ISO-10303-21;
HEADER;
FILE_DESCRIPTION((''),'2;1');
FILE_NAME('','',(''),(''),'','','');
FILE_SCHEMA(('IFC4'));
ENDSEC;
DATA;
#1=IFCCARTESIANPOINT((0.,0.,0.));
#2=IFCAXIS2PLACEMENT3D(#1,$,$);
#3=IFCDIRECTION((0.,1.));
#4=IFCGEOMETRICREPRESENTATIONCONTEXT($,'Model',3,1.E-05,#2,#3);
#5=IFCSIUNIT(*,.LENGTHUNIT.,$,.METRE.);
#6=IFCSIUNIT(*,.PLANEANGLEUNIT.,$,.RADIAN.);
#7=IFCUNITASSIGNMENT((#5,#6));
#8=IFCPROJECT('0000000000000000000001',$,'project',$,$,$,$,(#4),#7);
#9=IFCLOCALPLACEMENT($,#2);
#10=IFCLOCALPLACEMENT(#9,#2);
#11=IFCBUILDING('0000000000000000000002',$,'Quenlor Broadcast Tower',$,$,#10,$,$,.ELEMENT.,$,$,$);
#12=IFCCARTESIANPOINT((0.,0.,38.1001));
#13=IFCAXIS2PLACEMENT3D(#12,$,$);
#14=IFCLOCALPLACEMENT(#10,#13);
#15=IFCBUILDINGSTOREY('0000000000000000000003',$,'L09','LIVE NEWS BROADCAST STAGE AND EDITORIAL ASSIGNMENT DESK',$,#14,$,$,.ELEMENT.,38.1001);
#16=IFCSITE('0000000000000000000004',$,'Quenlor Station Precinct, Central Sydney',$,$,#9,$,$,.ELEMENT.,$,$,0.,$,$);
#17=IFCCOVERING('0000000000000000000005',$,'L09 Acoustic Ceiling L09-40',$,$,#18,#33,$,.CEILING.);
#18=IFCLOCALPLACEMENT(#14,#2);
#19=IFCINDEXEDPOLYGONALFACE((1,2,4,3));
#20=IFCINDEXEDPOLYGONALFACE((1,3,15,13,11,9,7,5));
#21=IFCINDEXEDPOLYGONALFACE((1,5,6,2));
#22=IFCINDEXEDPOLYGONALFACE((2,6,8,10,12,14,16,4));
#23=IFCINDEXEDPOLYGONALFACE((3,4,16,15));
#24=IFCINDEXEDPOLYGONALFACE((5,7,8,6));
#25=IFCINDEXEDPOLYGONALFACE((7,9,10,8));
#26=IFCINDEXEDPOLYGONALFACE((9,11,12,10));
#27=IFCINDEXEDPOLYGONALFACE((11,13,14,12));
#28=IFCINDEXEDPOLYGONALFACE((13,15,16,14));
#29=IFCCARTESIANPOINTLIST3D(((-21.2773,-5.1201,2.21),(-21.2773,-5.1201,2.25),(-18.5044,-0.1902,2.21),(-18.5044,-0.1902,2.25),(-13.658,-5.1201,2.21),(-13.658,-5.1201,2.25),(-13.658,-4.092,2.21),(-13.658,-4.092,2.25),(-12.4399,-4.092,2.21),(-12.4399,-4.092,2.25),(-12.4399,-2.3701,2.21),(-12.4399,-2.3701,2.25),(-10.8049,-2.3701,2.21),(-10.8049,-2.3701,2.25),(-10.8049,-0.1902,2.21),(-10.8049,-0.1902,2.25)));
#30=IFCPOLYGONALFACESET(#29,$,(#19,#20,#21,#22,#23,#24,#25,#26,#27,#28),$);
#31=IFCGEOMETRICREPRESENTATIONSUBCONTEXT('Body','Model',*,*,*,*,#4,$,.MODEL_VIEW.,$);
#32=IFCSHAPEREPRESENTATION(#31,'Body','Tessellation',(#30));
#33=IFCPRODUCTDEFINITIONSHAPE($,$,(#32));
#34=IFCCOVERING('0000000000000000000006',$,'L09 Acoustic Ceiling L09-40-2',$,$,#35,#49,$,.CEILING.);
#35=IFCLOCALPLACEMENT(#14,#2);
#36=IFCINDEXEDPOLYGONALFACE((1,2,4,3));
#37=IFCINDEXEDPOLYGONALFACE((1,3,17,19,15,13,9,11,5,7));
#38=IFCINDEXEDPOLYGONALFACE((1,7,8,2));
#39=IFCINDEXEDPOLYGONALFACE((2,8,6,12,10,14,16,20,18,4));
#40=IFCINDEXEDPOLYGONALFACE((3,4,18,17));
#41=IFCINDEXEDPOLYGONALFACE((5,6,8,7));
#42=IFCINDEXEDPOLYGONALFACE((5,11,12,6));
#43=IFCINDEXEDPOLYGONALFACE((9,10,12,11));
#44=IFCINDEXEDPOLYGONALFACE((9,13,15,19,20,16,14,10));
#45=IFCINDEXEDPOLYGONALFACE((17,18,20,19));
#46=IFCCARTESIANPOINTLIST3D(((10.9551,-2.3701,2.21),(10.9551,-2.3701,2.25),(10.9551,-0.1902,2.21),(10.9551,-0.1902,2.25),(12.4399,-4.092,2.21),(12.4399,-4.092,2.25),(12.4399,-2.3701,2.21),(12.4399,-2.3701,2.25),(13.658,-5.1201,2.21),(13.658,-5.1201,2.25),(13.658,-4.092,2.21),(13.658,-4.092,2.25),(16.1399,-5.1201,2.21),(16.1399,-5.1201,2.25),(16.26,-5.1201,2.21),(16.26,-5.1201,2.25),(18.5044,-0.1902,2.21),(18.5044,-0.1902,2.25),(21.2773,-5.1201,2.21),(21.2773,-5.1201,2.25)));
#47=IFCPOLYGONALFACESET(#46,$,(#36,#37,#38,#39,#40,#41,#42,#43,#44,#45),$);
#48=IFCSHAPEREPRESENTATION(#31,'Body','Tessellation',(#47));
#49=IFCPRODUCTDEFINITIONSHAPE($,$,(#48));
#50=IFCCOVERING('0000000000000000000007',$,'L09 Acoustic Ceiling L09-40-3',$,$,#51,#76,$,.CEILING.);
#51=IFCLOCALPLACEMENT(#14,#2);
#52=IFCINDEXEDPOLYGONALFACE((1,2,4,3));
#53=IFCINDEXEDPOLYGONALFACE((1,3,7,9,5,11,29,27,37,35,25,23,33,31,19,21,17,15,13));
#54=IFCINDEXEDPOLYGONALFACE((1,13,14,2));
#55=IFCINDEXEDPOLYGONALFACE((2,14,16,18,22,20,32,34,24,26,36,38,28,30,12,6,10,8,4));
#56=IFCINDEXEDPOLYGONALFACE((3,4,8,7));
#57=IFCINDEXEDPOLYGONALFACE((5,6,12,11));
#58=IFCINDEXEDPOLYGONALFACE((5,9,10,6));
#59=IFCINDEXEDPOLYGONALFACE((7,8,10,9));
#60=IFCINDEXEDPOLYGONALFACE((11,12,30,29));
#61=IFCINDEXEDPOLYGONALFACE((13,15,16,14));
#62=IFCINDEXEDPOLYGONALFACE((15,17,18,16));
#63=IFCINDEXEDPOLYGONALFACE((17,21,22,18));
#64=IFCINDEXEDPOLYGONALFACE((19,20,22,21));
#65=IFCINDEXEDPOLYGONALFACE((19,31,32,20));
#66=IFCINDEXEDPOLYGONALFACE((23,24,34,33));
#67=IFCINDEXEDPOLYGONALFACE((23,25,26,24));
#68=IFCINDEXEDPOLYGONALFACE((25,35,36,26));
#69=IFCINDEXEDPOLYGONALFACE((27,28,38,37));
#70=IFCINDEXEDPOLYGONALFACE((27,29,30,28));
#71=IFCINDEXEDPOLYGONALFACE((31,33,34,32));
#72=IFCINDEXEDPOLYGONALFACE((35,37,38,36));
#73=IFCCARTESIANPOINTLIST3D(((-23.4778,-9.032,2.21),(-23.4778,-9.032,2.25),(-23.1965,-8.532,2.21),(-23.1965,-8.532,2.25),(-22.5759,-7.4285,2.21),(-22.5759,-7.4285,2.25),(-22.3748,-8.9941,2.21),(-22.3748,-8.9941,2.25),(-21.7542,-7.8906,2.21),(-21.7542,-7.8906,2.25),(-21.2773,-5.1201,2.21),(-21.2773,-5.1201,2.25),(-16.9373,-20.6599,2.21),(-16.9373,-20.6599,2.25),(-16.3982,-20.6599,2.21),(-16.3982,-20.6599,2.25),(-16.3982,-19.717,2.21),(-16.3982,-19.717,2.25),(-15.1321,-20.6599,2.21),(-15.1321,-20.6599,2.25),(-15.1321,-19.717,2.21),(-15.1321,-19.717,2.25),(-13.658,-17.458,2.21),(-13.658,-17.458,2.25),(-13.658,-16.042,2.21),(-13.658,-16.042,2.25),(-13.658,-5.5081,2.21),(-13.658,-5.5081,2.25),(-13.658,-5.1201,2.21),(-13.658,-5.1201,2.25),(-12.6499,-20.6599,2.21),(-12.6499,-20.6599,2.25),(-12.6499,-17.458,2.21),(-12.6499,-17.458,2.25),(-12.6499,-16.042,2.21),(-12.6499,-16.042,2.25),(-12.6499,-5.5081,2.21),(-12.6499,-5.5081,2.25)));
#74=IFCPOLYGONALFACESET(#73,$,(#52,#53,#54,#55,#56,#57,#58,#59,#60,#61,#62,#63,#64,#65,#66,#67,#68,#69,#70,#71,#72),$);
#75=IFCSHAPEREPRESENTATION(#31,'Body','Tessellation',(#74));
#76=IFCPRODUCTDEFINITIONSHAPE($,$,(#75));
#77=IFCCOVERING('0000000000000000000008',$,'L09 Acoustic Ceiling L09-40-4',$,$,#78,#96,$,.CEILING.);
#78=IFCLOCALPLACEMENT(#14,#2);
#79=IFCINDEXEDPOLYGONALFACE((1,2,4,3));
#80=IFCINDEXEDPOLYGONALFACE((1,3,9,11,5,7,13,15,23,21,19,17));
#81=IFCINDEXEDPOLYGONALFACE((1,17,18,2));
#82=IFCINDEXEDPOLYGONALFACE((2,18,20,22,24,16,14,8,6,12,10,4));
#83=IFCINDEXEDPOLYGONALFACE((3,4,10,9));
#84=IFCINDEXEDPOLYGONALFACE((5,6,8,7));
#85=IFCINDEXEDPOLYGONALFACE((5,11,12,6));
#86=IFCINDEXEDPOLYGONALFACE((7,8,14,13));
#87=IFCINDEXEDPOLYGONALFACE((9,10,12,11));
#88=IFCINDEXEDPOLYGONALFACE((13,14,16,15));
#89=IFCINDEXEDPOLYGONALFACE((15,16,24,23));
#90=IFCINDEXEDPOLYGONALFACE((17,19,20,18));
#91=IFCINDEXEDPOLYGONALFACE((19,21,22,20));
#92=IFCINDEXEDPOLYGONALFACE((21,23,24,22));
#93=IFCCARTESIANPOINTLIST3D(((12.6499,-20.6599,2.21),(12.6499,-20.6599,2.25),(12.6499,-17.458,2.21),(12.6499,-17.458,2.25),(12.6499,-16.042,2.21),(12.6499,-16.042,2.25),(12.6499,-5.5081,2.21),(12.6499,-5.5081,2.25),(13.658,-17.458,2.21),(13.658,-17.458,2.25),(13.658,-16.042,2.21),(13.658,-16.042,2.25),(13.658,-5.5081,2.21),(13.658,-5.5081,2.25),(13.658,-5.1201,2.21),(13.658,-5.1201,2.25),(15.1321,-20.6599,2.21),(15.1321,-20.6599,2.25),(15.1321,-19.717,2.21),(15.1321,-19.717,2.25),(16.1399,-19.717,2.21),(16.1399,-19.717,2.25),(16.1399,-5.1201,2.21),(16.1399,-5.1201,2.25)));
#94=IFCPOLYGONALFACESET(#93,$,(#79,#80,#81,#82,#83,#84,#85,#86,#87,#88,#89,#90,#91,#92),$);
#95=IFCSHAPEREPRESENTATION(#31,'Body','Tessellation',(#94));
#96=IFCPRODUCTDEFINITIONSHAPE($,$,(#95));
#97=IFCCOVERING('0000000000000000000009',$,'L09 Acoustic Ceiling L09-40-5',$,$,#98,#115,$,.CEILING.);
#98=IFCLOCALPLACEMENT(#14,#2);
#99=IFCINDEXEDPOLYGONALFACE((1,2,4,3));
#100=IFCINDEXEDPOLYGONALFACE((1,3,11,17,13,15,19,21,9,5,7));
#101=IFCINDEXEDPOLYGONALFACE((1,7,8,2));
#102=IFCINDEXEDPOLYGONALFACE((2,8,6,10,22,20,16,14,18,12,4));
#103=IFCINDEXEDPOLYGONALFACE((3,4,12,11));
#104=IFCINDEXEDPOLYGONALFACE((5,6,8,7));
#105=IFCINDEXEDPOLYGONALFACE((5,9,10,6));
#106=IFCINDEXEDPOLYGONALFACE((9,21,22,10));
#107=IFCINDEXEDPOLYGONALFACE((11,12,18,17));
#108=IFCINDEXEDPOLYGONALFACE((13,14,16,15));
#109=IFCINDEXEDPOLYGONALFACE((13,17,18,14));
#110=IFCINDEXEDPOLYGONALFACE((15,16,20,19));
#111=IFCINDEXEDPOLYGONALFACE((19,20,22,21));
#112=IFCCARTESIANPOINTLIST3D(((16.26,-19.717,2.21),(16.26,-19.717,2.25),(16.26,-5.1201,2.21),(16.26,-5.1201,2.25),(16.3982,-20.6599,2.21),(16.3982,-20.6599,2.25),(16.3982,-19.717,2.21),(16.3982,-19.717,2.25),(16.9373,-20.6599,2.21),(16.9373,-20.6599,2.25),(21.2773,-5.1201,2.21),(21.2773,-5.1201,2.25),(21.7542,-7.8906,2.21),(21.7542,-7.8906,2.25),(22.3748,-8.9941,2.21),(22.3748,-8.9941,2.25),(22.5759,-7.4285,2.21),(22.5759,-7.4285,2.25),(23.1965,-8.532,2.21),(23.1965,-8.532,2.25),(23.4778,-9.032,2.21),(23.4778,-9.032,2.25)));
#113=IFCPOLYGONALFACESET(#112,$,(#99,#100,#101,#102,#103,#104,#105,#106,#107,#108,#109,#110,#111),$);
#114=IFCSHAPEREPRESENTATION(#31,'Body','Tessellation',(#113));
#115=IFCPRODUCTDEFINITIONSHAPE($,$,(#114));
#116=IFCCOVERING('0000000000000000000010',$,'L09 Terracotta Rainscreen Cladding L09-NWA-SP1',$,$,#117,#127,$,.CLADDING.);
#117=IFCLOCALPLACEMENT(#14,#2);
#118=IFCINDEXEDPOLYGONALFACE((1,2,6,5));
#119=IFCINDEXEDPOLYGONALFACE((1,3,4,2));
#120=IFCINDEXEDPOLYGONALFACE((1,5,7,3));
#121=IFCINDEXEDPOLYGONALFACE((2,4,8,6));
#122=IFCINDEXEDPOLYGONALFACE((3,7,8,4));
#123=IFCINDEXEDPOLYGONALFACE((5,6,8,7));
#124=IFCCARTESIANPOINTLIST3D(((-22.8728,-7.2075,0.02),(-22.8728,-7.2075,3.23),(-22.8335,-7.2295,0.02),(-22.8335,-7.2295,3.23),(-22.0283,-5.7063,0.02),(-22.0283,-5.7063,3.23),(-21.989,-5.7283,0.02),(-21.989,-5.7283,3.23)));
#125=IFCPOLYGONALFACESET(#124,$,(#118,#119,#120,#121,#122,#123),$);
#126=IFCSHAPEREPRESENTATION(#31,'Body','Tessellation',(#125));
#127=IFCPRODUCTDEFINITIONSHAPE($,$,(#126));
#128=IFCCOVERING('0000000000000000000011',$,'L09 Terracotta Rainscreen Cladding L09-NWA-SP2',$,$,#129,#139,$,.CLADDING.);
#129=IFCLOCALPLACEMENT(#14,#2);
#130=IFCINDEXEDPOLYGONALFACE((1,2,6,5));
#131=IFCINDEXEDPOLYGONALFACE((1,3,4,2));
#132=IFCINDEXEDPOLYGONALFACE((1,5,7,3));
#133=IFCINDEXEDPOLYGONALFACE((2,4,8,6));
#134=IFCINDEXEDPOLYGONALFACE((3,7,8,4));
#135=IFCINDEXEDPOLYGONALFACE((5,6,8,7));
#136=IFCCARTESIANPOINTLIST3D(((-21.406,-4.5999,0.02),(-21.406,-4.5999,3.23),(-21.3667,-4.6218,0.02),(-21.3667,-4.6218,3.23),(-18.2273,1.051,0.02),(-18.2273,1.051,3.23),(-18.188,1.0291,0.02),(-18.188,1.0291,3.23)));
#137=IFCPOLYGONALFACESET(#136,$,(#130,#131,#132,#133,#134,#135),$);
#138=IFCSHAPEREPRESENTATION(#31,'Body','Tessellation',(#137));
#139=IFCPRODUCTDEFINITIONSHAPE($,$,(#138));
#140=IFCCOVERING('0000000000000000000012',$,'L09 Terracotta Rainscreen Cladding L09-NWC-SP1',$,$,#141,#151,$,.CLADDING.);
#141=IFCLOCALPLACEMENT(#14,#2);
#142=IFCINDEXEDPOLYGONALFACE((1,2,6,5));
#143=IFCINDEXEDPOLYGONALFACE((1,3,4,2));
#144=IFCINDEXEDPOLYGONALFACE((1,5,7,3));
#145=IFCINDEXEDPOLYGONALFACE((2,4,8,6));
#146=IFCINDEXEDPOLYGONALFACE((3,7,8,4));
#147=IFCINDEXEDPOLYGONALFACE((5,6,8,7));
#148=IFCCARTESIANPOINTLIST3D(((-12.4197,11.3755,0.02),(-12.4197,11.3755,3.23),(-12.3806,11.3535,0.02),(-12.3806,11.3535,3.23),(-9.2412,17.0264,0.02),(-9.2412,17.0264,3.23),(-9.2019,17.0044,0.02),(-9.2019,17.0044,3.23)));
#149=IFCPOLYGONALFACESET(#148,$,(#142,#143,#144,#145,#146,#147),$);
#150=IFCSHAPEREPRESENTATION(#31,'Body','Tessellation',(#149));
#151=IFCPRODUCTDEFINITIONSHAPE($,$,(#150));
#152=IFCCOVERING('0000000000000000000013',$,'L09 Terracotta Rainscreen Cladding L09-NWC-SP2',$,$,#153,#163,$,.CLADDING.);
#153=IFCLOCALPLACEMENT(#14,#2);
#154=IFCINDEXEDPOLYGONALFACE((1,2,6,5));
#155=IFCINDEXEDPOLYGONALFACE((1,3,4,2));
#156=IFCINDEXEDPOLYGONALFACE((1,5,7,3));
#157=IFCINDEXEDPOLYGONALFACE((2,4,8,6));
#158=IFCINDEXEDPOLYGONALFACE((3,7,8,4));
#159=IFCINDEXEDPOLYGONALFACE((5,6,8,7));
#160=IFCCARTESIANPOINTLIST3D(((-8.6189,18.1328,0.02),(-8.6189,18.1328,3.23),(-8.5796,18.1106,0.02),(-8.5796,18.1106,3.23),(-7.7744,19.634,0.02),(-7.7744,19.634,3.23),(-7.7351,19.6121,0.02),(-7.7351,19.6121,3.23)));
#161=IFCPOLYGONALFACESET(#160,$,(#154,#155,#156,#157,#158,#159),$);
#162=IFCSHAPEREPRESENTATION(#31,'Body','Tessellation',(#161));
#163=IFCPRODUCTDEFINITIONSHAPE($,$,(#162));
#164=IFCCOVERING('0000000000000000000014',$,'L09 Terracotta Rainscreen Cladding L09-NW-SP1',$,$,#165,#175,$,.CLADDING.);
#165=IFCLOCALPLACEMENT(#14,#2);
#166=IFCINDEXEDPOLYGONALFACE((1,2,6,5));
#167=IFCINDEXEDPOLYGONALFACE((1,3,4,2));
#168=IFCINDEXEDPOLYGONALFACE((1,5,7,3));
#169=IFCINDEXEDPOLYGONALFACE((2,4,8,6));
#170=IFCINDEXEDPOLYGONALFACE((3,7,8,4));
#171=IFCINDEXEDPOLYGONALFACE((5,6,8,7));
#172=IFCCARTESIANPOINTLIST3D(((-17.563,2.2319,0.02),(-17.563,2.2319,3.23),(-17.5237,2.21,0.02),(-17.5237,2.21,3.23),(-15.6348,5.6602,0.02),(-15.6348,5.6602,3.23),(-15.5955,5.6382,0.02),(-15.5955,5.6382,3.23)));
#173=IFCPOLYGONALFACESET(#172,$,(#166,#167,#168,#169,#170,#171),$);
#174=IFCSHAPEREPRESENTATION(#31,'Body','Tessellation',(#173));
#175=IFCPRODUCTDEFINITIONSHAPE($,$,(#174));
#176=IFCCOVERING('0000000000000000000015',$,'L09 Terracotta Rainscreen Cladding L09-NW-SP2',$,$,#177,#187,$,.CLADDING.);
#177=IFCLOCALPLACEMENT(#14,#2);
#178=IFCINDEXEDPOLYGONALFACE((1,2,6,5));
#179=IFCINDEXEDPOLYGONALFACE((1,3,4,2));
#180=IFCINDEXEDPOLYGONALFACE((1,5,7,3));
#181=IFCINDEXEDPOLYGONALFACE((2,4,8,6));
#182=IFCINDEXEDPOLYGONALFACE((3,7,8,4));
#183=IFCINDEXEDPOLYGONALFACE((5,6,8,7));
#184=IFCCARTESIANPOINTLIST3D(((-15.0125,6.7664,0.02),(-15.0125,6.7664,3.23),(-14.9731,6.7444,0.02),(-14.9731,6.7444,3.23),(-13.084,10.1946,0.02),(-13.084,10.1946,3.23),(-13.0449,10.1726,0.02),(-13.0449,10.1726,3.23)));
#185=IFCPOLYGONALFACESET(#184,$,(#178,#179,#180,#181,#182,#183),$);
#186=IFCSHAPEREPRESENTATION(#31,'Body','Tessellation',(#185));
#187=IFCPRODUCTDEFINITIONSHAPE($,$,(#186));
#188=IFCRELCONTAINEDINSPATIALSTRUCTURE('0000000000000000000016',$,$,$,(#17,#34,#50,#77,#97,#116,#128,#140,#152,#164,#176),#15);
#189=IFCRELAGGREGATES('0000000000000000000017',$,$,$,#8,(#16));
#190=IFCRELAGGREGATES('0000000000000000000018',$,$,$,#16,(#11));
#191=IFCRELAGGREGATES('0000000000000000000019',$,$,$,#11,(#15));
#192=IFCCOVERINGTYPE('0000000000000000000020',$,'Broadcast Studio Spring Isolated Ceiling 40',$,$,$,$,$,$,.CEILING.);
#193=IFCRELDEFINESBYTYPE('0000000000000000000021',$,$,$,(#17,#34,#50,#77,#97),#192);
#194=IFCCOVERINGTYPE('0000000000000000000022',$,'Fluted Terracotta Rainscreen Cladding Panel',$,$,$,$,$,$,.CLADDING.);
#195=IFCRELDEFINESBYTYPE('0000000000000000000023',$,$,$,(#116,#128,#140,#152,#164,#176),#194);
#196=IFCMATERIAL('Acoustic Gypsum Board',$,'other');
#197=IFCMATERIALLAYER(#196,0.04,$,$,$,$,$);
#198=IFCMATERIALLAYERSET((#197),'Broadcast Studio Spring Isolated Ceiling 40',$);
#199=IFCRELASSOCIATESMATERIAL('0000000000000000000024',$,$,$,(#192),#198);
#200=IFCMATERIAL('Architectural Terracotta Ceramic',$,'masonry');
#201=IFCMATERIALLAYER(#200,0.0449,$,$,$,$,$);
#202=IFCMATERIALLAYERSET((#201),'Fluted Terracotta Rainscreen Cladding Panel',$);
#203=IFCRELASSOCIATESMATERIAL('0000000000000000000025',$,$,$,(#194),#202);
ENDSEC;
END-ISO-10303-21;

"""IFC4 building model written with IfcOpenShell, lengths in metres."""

from ifc_helpers import new_model, si_unit, direction, frame, origin, place, context, subcontext, project, spatial, polyline, outline, extrude, material, layer, layer_set, type_object, element, save


model = new_model("IFC4")

# Units and contexts
model_context = context("Model", 3, precision=1e-05, world=origin(), true_north=direction((0.0, 1.0)))
body_context = subcontext(model_context, "Body", "Model", "MODEL_VIEW")
ifc_project = project(units=[si_unit("LENGTHUNIT", "METRE"), si_unit("PLANEANGLEUNIT", "RADIAN")], contexts=[model_context])

# Site, building, storey
site_placement = place(None, origin())
site = spatial("IfcSite", under=ifc_project, at=site_placement, Name="Quenlor Station Precinct, Central Sydney", CompositionType="ELEMENT", RefElevation=0.0)
building_placement = place(site_placement, origin())
building = spatial("IfcBuilding", under=site, at=building_placement, Name="Quenlor Broadcast Tower", CompositionType="ELEMENT")
storey_placement = place(building_placement, frame((0.0, 0.0, 38.1001)))
storey = spatial("IfcBuildingStorey", under=building, at=storey_placement, Name="L09", Description="LIVE NEWS BROADCAST STAGE AND EDITORIAL ASSIGNMENT DESK", CompositionType="ELEMENT", Elevation=38.1001)

# Coverings
ifc_material_1 = material(Name="Acoustic Gypsum Board", Category="other")
ifc_layer_1 = layer(ifc_material_1, 0.04)
ifc_layer_set_1 = layer_set([ifc_layer_1], Name="Broadcast Studio Spring Isolated Ceiling 40")
covering_type_1 = type_object("IfcCoveringType", Name="Broadcast Studio Spring Isolated Ceiling 40", PredefinedType="CEILING", material=ifc_layer_set_1)
covering_1_placement = place(storey_placement, frame((0.0, 0.0, 2.21)))
element("IfcCovering", 1, at=covering_1_placement, inside=storey, type_object=covering_type_1, Name="L09 Acoustic Ceiling L09-40", PredefinedType="CEILING", context=body_context, shape_type="SweptSolid", body=[
    extrude(outline(polyline([(-12.4399, -2.3701), (-12.4399, -4.092), (-13.658, -4.092), (-13.658, -5.1201), (-21.2773, -5.1201), (-18.5044, -0.1902), (-10.8049, -0.1902), (-10.8049, -2.3701), (-12.4399, -2.3701)])), origin(), (0.0, 0.0, 1.0), 0.04),
])
covering_2_placement = place(storey_placement, frame((0.0, 0.0, 2.21)))
element("IfcCovering", 2, at=covering_2_placement, inside=storey, type_object=covering_type_1, Name="L09 Acoustic Ceiling L09-40-2", PredefinedType="CEILING", context=body_context, shape_type="SweptSolid", body=[
    extrude(outline(polyline([(13.658, -4.092), (12.4399, -4.092), (12.4399, -2.3701), (10.9551, -2.3701), (10.9551, -0.1902), (18.5044, -0.1902), (21.2773, -5.1201), (16.26, -5.1201), (16.1399, -5.1201), (13.658, -5.1201), (13.658, -4.092)])), origin(), (0.0, 0.0, 1.0), 0.04),
])
covering_3_placement = place(storey_placement, frame((0.0, 0.0, 2.21)))
element("IfcCovering", 3, at=covering_3_placement, inside=storey, type_object=covering_type_1, Name="L09 Acoustic Ceiling L09-40-3", PredefinedType="CEILING", context=body_context, shape_type="SweptSolid", body=[
    extrude(outline(polyline([(-13.658, -5.5081), (-12.6499, -5.5081), (-12.6499, -16.042), (-13.658, -16.042), (-13.658, -17.458), (-12.6499, -17.458), (-12.6499, -20.6599), (-15.1321, -20.6599), (-15.1321, -19.717), (-16.3982, -19.717), (-16.3982, -20.6599), (-16.9373, -20.6599), (-23.4778, -9.032), (-23.1965, -8.532), (-22.3748, -8.9941), (-21.7542, -7.8906), (-22.5759, -7.4285), (-21.2773, -5.1201), (-13.658, -5.1201), (-13.658, -5.5081)])), origin(), (0.0, 0.0, 1.0), 0.04),
])
covering_4_placement = place(storey_placement, frame((0.0, 0.0, 2.21)))
element("IfcCovering", 4, at=covering_4_placement, inside=storey, type_object=covering_type_1, Name="L09 Acoustic Ceiling L09-40-4", PredefinedType="CEILING", context=body_context, shape_type="SweptSolid", body=[
    extrude(outline(polyline([(13.658, -17.458), (13.658, -16.042), (12.6499, -16.042), (12.6499, -5.5081), (13.658, -5.5081), (13.658, -5.1201), (16.1399, -5.1201), (16.1399, -19.717), (15.1321, -19.717), (15.1321, -20.6599), (12.6499, -20.6599), (12.6499, -17.458), (13.658, -17.458)])), origin(), (0.0, 0.0, 1.0), 0.04),
])
covering_5_placement = place(storey_placement, frame((0.0, 0.0, 2.21)))
element("IfcCovering", 5, at=covering_5_placement, inside=storey, type_object=covering_type_1, Name="L09 Acoustic Ceiling L09-40-5", PredefinedType="CEILING", context=body_context, shape_type="SweptSolid", body=[
    extrude(outline(polyline([(22.5759, -7.4285), (21.7542, -7.8906), (22.3748, -8.9941), (23.1965, -8.532), (23.4778, -9.032), (16.9373, -20.6599), (16.3982, -20.6599), (16.3982, -19.717), (16.26, -19.717), (16.26, -5.1201), (21.2773, -5.1201), (22.5759, -7.4285)])), origin(), (0.0, 0.0, 1.0), 0.04),
])
ifc_material_2 = material(Name="Architectural Terracotta Ceramic", Category="masonry")
ifc_layer_2 = layer(ifc_material_2, 0.0449)
ifc_layer_set_2 = layer_set([ifc_layer_2], Name="Fluted Terracotta Rainscreen Cladding Panel")
covering_type_2 = type_object("IfcCoveringType", Name="Fluted Terracotta Rainscreen Cladding Panel", PredefinedType="CLADDING", material=ifc_layer_set_2)
covering_6_placement = place(storey_placement, frame((0.0, 0.0, 0.02)))
element("IfcCovering", 6, at=covering_6_placement, inside=storey, type_object=covering_type_2, Name="L09 Terracotta Rainscreen Cladding L09-NWA-SP1", PredefinedType="CLADDING", context=body_context, shape_type="SweptSolid", body=[
    extrude(outline(polyline([(-22.8335, -7.2295), (-21.989, -5.7283), (-22.0283, -5.7063), (-22.8728, -7.2075), (-22.8335, -7.2295)])), origin(), (0.0, 0.0, 1.0), 3.21),
])
covering_7_placement = place(storey_placement, frame((0.0, 0.0, 0.02)))
element("IfcCovering", 7, at=covering_7_placement, inside=storey, type_object=covering_type_2, Name="L09 Terracotta Rainscreen Cladding L09-NWA-SP2", PredefinedType="CLADDING", context=body_context, shape_type="SweptSolid", body=[
    extrude(outline(polyline([(-21.3667, -4.6218), (-18.188, 1.0291), (-18.2273, 1.051), (-21.406, -4.5999), (-21.3667, -4.6218)])), origin(), (0.0, 0.0, 1.0), 3.21),
])
covering_8_placement = place(storey_placement, frame((0.0, 0.0, 0.02)))
element("IfcCovering", 8, at=covering_8_placement, inside=storey, type_object=covering_type_2, Name="L09 Terracotta Rainscreen Cladding L09-NWC-SP1", PredefinedType="CLADDING", context=body_context, shape_type="SweptSolid", body=[
    extrude(outline(polyline([(-12.3806, 11.3535), (-9.2019, 17.0044), (-9.2412, 17.0264), (-12.4197, 11.3755), (-12.3806, 11.3535)])), origin(), (0.0, 0.0, 1.0), 3.21),
])
covering_9_placement = place(storey_placement, frame((0.0, 0.0, 0.02)))
element("IfcCovering", 9, at=covering_9_placement, inside=storey, type_object=covering_type_2, Name="L09 Terracotta Rainscreen Cladding L09-NWC-SP2", PredefinedType="CLADDING", context=body_context, shape_type="SweptSolid", body=[
    extrude(outline(polyline([(-8.5796, 18.1106), (-7.7351, 19.6121), (-7.7744, 19.634), (-8.6189, 18.1328), (-8.5796, 18.1106)])), origin(), (0.0, 0.0, 1.0), 3.21),
])
covering_10_placement = place(storey_placement, frame((0.0, 0.0, 0.02)))
element("IfcCovering", 10, at=covering_10_placement, inside=storey, type_object=covering_type_2, Name="L09 Terracotta Rainscreen Cladding L09-NW-SP1", PredefinedType="CLADDING", context=body_context, shape_type="SweptSolid", body=[
    extrude(outline(polyline([(-17.5237, 2.21), (-15.5955, 5.6382), (-15.6348, 5.6602), (-17.563, 2.2319), (-17.5237, 2.21)])), origin(), (0.0, 0.0, 1.0), 3.21),
])
covering_11_placement = place(storey_placement, frame((0.0, 0.0, 0.02)))
element("IfcCovering", 11, at=covering_11_placement, inside=storey, type_object=covering_type_2, Name="L09 Terracotta Rainscreen Cladding L09-NW-SP2", PredefinedType="CLADDING", context=body_context, shape_type="SweptSolid", body=[
    extrude(outline(polyline([(-14.9731, 6.7444), (-13.0449, 10.1726), (-13.084, 10.1946), (-15.0125, 6.7664), (-14.9731, 6.7444)])), origin(), (0.0, 0.0, 1.0), 3.21),
])

save(model, "model.ifc")
